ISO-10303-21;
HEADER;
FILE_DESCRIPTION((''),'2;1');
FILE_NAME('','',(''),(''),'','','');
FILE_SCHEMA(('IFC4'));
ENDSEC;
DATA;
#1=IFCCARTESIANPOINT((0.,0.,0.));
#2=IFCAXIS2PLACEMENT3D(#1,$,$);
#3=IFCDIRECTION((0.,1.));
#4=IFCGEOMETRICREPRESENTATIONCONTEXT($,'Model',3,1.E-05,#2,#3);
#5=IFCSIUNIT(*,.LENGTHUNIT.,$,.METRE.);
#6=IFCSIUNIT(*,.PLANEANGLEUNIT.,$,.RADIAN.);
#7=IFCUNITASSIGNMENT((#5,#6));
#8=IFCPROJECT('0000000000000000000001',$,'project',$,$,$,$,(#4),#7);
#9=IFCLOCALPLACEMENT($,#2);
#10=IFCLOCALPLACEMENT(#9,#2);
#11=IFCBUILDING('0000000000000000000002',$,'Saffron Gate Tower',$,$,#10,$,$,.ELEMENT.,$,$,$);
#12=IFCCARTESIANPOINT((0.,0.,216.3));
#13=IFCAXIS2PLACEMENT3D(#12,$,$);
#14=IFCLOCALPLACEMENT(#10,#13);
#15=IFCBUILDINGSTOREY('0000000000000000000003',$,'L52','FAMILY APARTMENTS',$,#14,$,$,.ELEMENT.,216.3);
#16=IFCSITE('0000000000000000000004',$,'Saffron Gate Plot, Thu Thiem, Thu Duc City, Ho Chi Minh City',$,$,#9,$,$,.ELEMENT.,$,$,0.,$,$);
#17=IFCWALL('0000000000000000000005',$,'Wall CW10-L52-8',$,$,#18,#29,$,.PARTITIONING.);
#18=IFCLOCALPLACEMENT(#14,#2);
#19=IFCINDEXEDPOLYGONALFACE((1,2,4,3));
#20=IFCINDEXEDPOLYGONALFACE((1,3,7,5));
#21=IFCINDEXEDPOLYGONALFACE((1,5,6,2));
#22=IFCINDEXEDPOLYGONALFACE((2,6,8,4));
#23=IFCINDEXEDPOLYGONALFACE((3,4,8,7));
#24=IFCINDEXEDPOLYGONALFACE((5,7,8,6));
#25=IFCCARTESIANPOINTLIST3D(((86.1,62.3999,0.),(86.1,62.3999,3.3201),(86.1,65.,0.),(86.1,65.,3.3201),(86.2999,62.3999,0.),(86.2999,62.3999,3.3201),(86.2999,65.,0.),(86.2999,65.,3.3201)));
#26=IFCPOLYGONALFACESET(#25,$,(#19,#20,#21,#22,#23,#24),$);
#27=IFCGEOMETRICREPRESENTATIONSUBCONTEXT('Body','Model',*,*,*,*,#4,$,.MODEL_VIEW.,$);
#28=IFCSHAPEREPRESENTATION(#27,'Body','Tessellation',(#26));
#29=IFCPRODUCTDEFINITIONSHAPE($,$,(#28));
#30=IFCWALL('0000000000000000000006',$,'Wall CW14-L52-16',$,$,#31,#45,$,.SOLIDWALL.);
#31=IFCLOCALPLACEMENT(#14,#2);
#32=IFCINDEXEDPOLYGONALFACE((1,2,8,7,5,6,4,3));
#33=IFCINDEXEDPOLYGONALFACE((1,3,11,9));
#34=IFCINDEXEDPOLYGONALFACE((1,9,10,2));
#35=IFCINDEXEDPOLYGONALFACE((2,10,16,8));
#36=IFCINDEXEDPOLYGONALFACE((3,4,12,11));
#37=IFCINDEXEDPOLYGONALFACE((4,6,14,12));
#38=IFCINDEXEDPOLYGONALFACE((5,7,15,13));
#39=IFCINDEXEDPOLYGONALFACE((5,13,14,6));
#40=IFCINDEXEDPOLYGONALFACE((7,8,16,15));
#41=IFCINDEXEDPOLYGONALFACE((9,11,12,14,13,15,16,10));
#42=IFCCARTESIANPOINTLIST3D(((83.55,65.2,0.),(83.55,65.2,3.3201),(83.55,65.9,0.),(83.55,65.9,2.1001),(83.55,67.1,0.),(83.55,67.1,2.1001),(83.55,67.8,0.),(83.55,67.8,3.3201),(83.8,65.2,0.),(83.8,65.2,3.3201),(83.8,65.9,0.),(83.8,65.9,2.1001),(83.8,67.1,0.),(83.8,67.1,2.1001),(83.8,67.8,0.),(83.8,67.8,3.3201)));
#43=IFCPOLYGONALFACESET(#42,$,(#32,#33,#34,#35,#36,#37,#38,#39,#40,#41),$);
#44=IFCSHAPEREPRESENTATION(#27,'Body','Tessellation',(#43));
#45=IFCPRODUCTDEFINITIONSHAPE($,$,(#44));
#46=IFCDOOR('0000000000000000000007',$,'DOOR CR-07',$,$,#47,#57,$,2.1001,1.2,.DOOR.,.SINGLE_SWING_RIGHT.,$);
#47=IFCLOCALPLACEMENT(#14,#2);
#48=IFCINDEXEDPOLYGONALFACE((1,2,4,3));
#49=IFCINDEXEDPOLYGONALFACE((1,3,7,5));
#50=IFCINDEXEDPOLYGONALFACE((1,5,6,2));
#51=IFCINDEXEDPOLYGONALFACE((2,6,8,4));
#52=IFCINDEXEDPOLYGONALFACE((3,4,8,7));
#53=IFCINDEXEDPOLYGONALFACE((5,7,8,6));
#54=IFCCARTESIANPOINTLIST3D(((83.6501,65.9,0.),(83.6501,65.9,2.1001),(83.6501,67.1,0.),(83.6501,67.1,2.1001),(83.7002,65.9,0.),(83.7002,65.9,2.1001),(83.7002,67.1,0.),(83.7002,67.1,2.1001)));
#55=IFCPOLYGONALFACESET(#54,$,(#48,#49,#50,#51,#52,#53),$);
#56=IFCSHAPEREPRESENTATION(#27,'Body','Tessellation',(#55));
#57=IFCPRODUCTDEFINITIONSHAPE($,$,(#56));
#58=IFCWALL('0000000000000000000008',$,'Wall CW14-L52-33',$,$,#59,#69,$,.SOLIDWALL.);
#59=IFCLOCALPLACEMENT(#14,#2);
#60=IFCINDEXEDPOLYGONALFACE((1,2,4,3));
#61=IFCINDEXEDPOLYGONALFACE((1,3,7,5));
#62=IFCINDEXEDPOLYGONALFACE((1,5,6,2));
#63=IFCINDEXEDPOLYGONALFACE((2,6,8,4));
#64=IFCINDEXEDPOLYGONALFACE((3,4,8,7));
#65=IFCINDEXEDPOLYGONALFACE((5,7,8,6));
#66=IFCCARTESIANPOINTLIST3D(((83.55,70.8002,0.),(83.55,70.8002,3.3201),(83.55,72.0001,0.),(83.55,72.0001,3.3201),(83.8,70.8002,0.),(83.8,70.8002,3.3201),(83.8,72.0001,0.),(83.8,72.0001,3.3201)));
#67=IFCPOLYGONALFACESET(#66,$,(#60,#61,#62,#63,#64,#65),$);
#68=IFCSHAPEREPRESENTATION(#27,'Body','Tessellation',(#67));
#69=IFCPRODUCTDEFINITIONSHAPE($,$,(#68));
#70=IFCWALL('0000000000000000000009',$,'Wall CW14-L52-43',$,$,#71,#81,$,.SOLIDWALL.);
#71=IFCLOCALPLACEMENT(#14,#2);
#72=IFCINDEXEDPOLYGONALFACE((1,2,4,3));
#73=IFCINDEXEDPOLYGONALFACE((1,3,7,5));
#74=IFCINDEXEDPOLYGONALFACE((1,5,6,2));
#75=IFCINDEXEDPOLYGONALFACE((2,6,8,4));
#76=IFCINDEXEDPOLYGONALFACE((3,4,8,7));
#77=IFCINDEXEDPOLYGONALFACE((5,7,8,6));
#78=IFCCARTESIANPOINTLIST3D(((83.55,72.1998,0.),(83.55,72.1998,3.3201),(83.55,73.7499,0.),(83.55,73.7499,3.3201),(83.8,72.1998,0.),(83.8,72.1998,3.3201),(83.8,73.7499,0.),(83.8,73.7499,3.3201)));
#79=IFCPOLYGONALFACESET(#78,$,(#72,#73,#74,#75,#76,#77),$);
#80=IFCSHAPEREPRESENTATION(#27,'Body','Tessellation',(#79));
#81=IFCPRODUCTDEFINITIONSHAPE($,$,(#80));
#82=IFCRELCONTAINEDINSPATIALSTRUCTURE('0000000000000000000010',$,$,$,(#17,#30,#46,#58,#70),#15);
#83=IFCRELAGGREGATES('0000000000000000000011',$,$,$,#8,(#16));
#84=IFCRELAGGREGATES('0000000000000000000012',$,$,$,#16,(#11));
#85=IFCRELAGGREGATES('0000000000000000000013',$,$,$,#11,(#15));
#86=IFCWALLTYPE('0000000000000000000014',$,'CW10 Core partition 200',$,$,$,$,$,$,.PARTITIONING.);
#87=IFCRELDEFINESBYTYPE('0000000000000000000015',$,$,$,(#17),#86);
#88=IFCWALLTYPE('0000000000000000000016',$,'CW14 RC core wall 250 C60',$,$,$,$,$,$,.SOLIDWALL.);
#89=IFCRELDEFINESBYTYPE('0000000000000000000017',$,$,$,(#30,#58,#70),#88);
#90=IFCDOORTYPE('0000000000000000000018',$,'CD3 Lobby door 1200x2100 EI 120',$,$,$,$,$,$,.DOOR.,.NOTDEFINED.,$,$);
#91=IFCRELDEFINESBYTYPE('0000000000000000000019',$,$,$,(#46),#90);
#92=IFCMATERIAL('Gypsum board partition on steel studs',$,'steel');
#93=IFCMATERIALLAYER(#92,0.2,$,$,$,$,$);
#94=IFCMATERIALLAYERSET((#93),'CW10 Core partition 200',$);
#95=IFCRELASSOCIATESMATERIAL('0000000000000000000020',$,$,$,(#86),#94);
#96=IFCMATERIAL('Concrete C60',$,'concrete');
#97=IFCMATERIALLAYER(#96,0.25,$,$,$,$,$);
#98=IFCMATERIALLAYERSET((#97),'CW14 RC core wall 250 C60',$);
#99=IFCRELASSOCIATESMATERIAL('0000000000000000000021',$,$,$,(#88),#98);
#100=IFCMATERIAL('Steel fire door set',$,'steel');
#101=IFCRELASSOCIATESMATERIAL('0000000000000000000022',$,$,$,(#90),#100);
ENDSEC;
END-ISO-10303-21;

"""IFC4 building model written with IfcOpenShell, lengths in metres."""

from ifc_helpers import new_model, si_unit, direction, frame, frame_2d, origin, place, context, subcontext, project, spatial, rectangle, extrude, material, layer, layer_set, type_object, element, fill, save


model = new_model("IFC4")

# Units and contexts
model_context = context("Model", 3, precision=1e-05, world=origin(), true_north=direction((0.0, 1.0)))
body_context = subcontext(model_context, "Body", "Model", "MODEL_VIEW")
ifc_project = project(units=[si_unit("LENGTHUNIT", "METRE"), si_unit("PLANEANGLEUNIT", "RADIAN")], contexts=[model_context])

# Site, building, storey
site_placement = place(None, origin())
site = spatial("IfcSite", under=ifc_project, at=site_placement, Name="Saffron Gate Plot, Thu Thiem, Thu Duc City, Ho Chi Minh City", CompositionType="ELEMENT", RefElevation=0.0)
building_placement = place(site_placement, origin())
building = spatial("IfcBuilding", under=site, at=building_placement, Name="Saffron Gate Tower", CompositionType="ELEMENT")
storey_placement = place(building_placement, frame((0.0, 0.0, 216.3)))
storey = spatial("IfcBuildingStorey", under=building, at=storey_placement, Name="L52", Description="FAMILY APARTMENTS", CompositionType="ELEMENT", Elevation=216.3)

# Wall
ifc_material_1 = material(Name="Gypsum board partition on steel studs", Category="steel")
ifc_layer_1 = layer(ifc_material_1, 0.2)
ifc_layer_set_1 = layer_set([ifc_layer_1], Name="CW10 Core partition 200")
wall_type_1 = type_object("IfcWallType", Name="CW10 Core partition 200", PredefinedType="PARTITIONING", material=ifc_layer_set_1)
wall_1_placement = place(storey_placement, frame((86.2, 62.3999, 0.0), z_axis=(0.0, 0.0, 1.0), x_axis=(0.0, 1.0, 0.0)))
element("IfcWall", 1, at=wall_1_placement, inside=storey, type_object=wall_type_1, Name="Wall CW10-L52-8", PredefinedType="PARTITIONING", context=body_context, shape_type="SweptSolid", body=[
    extrude(rectangle(XDim=2.6001, YDim=0.2, at=frame_2d((1.3, 0.0))), origin(), (0.0, 0.0, 1.0), 3.3201),
])

# Wall, opening, door
ifc_material_2 = material(Name="Concrete C60", Category="concrete")
ifc_layer_2 = layer(ifc_material_2, 0.25)
ifc_layer_set_2 = layer_set([ifc_layer_2], Name="CW14 RC core wall 250 C60")
wall_type_2 = type_object("IfcWallType", Name="CW14 RC core wall 250 C60", PredefinedType="SOLIDWALL", material=ifc_layer_set_2)
wall_2_placement = place(storey_placement, frame((83.675, 65.2, 0.0), z_axis=(0.0, 0.0, 1.0), x_axis=(0.0, 1.0, 0.0)))
wall_2 = element("IfcWall", 2, at=wall_2_placement, inside=storey, type_object=wall_type_2, Name="Wall CW14-L52-16", PredefinedType="SOLIDWALL", context=body_context, shape_type="SweptSolid", body=[
    extrude(rectangle(XDim=2.6001, YDim=0.25, at=frame_2d((1.3, 0.0))), origin(), (0.0, 0.0, 1.0), 3.3201),
])
opening_1_placement = place(wall_2_placement, frame((0.7, 0.0, 0.0)))
opening_1 = element("IfcOpeningElement", 3, at=opening_1_placement, cuts=wall_2, PredefinedType="OPENING", context=body_context, shape_type="SweptSolid", body=[
    extrude(rectangle(XDim=1.2, YDim=2.1001, at=frame_2d((0.6001, 1.05))), frame((0.0, 0.135, 0.0), z_axis=(0.0, -1.0, 0.0), x_axis=(1.0, 0.0, 0.0)), (0.0, 0.0, 1.0), 0.27),
])
ifc_material_3 = material(Name="Steel fire door set", Category="steel")
door_type_1 = type_object("IfcDoorType", Name="CD3 Lobby door 1200x2100 EI 120", OperationType="NOTDEFINED", PredefinedType="DOOR", material=ifc_material_3)
door_1_placement = place(opening_1_placement, origin())
door_1 = element("IfcDoor", 4, at=door_1_placement, inside=storey, type_object=door_type_1, Name="DOOR CR-07", OperationType="SINGLE_SWING_RIGHT", OverallHeight=2.1001, OverallWidth=1.2, PredefinedType="DOOR", context=body_context, shape_type="SweptSolid", body=[
    extrude(rectangle(XDim=1.2, YDim=2.1001, at=frame_2d((0.6001, 1.05))), frame((0.0, 0.0249, 0.0), z_axis=(0.0, -1.0, 0.0), x_axis=(1.0, 0.0, 0.0)), (0.0, 0.0, 1.0), 0.05),
])
fill(opening_1, door_1)

# Walls
wall_3_placement = place(storey_placement, frame((83.675, 70.8, 0.0), z_axis=(0.0, 0.0, 1.0), x_axis=(0.0, 1.0, 0.0)))
element("IfcWall", 5, at=wall_3_placement, inside=storey, type_object=wall_type_2, Name="Wall CW14-L52-33", PredefinedType="SOLIDWALL", context=body_context, shape_type="SweptSolid", body=[
    extrude(rectangle(XDim=1.2, YDim=0.25, at=frame_2d((0.6001, 0.0))), origin(), (0.0, 0.0, 1.0), 3.3201),
])
wall_4_placement = place(storey_placement, frame((83.675, 72.2, 0.0), z_axis=(0.0, 0.0, 1.0), x_axis=(0.0, 1.0, 0.0)))
element("IfcWall", 6, at=wall_4_placement, inside=storey, type_object=wall_type_2, Name="Wall CW14-L52-43", PredefinedType="SOLIDWALL", context=body_context, shape_type="SweptSolid", body=[
    extrude(rectangle(XDim=1.55, YDim=0.25, at=frame_2d((0.7749, 0.0))), origin(), (0.0, 0.0, 1.0), 3.3201),
])

save(model, "model.ifc")
